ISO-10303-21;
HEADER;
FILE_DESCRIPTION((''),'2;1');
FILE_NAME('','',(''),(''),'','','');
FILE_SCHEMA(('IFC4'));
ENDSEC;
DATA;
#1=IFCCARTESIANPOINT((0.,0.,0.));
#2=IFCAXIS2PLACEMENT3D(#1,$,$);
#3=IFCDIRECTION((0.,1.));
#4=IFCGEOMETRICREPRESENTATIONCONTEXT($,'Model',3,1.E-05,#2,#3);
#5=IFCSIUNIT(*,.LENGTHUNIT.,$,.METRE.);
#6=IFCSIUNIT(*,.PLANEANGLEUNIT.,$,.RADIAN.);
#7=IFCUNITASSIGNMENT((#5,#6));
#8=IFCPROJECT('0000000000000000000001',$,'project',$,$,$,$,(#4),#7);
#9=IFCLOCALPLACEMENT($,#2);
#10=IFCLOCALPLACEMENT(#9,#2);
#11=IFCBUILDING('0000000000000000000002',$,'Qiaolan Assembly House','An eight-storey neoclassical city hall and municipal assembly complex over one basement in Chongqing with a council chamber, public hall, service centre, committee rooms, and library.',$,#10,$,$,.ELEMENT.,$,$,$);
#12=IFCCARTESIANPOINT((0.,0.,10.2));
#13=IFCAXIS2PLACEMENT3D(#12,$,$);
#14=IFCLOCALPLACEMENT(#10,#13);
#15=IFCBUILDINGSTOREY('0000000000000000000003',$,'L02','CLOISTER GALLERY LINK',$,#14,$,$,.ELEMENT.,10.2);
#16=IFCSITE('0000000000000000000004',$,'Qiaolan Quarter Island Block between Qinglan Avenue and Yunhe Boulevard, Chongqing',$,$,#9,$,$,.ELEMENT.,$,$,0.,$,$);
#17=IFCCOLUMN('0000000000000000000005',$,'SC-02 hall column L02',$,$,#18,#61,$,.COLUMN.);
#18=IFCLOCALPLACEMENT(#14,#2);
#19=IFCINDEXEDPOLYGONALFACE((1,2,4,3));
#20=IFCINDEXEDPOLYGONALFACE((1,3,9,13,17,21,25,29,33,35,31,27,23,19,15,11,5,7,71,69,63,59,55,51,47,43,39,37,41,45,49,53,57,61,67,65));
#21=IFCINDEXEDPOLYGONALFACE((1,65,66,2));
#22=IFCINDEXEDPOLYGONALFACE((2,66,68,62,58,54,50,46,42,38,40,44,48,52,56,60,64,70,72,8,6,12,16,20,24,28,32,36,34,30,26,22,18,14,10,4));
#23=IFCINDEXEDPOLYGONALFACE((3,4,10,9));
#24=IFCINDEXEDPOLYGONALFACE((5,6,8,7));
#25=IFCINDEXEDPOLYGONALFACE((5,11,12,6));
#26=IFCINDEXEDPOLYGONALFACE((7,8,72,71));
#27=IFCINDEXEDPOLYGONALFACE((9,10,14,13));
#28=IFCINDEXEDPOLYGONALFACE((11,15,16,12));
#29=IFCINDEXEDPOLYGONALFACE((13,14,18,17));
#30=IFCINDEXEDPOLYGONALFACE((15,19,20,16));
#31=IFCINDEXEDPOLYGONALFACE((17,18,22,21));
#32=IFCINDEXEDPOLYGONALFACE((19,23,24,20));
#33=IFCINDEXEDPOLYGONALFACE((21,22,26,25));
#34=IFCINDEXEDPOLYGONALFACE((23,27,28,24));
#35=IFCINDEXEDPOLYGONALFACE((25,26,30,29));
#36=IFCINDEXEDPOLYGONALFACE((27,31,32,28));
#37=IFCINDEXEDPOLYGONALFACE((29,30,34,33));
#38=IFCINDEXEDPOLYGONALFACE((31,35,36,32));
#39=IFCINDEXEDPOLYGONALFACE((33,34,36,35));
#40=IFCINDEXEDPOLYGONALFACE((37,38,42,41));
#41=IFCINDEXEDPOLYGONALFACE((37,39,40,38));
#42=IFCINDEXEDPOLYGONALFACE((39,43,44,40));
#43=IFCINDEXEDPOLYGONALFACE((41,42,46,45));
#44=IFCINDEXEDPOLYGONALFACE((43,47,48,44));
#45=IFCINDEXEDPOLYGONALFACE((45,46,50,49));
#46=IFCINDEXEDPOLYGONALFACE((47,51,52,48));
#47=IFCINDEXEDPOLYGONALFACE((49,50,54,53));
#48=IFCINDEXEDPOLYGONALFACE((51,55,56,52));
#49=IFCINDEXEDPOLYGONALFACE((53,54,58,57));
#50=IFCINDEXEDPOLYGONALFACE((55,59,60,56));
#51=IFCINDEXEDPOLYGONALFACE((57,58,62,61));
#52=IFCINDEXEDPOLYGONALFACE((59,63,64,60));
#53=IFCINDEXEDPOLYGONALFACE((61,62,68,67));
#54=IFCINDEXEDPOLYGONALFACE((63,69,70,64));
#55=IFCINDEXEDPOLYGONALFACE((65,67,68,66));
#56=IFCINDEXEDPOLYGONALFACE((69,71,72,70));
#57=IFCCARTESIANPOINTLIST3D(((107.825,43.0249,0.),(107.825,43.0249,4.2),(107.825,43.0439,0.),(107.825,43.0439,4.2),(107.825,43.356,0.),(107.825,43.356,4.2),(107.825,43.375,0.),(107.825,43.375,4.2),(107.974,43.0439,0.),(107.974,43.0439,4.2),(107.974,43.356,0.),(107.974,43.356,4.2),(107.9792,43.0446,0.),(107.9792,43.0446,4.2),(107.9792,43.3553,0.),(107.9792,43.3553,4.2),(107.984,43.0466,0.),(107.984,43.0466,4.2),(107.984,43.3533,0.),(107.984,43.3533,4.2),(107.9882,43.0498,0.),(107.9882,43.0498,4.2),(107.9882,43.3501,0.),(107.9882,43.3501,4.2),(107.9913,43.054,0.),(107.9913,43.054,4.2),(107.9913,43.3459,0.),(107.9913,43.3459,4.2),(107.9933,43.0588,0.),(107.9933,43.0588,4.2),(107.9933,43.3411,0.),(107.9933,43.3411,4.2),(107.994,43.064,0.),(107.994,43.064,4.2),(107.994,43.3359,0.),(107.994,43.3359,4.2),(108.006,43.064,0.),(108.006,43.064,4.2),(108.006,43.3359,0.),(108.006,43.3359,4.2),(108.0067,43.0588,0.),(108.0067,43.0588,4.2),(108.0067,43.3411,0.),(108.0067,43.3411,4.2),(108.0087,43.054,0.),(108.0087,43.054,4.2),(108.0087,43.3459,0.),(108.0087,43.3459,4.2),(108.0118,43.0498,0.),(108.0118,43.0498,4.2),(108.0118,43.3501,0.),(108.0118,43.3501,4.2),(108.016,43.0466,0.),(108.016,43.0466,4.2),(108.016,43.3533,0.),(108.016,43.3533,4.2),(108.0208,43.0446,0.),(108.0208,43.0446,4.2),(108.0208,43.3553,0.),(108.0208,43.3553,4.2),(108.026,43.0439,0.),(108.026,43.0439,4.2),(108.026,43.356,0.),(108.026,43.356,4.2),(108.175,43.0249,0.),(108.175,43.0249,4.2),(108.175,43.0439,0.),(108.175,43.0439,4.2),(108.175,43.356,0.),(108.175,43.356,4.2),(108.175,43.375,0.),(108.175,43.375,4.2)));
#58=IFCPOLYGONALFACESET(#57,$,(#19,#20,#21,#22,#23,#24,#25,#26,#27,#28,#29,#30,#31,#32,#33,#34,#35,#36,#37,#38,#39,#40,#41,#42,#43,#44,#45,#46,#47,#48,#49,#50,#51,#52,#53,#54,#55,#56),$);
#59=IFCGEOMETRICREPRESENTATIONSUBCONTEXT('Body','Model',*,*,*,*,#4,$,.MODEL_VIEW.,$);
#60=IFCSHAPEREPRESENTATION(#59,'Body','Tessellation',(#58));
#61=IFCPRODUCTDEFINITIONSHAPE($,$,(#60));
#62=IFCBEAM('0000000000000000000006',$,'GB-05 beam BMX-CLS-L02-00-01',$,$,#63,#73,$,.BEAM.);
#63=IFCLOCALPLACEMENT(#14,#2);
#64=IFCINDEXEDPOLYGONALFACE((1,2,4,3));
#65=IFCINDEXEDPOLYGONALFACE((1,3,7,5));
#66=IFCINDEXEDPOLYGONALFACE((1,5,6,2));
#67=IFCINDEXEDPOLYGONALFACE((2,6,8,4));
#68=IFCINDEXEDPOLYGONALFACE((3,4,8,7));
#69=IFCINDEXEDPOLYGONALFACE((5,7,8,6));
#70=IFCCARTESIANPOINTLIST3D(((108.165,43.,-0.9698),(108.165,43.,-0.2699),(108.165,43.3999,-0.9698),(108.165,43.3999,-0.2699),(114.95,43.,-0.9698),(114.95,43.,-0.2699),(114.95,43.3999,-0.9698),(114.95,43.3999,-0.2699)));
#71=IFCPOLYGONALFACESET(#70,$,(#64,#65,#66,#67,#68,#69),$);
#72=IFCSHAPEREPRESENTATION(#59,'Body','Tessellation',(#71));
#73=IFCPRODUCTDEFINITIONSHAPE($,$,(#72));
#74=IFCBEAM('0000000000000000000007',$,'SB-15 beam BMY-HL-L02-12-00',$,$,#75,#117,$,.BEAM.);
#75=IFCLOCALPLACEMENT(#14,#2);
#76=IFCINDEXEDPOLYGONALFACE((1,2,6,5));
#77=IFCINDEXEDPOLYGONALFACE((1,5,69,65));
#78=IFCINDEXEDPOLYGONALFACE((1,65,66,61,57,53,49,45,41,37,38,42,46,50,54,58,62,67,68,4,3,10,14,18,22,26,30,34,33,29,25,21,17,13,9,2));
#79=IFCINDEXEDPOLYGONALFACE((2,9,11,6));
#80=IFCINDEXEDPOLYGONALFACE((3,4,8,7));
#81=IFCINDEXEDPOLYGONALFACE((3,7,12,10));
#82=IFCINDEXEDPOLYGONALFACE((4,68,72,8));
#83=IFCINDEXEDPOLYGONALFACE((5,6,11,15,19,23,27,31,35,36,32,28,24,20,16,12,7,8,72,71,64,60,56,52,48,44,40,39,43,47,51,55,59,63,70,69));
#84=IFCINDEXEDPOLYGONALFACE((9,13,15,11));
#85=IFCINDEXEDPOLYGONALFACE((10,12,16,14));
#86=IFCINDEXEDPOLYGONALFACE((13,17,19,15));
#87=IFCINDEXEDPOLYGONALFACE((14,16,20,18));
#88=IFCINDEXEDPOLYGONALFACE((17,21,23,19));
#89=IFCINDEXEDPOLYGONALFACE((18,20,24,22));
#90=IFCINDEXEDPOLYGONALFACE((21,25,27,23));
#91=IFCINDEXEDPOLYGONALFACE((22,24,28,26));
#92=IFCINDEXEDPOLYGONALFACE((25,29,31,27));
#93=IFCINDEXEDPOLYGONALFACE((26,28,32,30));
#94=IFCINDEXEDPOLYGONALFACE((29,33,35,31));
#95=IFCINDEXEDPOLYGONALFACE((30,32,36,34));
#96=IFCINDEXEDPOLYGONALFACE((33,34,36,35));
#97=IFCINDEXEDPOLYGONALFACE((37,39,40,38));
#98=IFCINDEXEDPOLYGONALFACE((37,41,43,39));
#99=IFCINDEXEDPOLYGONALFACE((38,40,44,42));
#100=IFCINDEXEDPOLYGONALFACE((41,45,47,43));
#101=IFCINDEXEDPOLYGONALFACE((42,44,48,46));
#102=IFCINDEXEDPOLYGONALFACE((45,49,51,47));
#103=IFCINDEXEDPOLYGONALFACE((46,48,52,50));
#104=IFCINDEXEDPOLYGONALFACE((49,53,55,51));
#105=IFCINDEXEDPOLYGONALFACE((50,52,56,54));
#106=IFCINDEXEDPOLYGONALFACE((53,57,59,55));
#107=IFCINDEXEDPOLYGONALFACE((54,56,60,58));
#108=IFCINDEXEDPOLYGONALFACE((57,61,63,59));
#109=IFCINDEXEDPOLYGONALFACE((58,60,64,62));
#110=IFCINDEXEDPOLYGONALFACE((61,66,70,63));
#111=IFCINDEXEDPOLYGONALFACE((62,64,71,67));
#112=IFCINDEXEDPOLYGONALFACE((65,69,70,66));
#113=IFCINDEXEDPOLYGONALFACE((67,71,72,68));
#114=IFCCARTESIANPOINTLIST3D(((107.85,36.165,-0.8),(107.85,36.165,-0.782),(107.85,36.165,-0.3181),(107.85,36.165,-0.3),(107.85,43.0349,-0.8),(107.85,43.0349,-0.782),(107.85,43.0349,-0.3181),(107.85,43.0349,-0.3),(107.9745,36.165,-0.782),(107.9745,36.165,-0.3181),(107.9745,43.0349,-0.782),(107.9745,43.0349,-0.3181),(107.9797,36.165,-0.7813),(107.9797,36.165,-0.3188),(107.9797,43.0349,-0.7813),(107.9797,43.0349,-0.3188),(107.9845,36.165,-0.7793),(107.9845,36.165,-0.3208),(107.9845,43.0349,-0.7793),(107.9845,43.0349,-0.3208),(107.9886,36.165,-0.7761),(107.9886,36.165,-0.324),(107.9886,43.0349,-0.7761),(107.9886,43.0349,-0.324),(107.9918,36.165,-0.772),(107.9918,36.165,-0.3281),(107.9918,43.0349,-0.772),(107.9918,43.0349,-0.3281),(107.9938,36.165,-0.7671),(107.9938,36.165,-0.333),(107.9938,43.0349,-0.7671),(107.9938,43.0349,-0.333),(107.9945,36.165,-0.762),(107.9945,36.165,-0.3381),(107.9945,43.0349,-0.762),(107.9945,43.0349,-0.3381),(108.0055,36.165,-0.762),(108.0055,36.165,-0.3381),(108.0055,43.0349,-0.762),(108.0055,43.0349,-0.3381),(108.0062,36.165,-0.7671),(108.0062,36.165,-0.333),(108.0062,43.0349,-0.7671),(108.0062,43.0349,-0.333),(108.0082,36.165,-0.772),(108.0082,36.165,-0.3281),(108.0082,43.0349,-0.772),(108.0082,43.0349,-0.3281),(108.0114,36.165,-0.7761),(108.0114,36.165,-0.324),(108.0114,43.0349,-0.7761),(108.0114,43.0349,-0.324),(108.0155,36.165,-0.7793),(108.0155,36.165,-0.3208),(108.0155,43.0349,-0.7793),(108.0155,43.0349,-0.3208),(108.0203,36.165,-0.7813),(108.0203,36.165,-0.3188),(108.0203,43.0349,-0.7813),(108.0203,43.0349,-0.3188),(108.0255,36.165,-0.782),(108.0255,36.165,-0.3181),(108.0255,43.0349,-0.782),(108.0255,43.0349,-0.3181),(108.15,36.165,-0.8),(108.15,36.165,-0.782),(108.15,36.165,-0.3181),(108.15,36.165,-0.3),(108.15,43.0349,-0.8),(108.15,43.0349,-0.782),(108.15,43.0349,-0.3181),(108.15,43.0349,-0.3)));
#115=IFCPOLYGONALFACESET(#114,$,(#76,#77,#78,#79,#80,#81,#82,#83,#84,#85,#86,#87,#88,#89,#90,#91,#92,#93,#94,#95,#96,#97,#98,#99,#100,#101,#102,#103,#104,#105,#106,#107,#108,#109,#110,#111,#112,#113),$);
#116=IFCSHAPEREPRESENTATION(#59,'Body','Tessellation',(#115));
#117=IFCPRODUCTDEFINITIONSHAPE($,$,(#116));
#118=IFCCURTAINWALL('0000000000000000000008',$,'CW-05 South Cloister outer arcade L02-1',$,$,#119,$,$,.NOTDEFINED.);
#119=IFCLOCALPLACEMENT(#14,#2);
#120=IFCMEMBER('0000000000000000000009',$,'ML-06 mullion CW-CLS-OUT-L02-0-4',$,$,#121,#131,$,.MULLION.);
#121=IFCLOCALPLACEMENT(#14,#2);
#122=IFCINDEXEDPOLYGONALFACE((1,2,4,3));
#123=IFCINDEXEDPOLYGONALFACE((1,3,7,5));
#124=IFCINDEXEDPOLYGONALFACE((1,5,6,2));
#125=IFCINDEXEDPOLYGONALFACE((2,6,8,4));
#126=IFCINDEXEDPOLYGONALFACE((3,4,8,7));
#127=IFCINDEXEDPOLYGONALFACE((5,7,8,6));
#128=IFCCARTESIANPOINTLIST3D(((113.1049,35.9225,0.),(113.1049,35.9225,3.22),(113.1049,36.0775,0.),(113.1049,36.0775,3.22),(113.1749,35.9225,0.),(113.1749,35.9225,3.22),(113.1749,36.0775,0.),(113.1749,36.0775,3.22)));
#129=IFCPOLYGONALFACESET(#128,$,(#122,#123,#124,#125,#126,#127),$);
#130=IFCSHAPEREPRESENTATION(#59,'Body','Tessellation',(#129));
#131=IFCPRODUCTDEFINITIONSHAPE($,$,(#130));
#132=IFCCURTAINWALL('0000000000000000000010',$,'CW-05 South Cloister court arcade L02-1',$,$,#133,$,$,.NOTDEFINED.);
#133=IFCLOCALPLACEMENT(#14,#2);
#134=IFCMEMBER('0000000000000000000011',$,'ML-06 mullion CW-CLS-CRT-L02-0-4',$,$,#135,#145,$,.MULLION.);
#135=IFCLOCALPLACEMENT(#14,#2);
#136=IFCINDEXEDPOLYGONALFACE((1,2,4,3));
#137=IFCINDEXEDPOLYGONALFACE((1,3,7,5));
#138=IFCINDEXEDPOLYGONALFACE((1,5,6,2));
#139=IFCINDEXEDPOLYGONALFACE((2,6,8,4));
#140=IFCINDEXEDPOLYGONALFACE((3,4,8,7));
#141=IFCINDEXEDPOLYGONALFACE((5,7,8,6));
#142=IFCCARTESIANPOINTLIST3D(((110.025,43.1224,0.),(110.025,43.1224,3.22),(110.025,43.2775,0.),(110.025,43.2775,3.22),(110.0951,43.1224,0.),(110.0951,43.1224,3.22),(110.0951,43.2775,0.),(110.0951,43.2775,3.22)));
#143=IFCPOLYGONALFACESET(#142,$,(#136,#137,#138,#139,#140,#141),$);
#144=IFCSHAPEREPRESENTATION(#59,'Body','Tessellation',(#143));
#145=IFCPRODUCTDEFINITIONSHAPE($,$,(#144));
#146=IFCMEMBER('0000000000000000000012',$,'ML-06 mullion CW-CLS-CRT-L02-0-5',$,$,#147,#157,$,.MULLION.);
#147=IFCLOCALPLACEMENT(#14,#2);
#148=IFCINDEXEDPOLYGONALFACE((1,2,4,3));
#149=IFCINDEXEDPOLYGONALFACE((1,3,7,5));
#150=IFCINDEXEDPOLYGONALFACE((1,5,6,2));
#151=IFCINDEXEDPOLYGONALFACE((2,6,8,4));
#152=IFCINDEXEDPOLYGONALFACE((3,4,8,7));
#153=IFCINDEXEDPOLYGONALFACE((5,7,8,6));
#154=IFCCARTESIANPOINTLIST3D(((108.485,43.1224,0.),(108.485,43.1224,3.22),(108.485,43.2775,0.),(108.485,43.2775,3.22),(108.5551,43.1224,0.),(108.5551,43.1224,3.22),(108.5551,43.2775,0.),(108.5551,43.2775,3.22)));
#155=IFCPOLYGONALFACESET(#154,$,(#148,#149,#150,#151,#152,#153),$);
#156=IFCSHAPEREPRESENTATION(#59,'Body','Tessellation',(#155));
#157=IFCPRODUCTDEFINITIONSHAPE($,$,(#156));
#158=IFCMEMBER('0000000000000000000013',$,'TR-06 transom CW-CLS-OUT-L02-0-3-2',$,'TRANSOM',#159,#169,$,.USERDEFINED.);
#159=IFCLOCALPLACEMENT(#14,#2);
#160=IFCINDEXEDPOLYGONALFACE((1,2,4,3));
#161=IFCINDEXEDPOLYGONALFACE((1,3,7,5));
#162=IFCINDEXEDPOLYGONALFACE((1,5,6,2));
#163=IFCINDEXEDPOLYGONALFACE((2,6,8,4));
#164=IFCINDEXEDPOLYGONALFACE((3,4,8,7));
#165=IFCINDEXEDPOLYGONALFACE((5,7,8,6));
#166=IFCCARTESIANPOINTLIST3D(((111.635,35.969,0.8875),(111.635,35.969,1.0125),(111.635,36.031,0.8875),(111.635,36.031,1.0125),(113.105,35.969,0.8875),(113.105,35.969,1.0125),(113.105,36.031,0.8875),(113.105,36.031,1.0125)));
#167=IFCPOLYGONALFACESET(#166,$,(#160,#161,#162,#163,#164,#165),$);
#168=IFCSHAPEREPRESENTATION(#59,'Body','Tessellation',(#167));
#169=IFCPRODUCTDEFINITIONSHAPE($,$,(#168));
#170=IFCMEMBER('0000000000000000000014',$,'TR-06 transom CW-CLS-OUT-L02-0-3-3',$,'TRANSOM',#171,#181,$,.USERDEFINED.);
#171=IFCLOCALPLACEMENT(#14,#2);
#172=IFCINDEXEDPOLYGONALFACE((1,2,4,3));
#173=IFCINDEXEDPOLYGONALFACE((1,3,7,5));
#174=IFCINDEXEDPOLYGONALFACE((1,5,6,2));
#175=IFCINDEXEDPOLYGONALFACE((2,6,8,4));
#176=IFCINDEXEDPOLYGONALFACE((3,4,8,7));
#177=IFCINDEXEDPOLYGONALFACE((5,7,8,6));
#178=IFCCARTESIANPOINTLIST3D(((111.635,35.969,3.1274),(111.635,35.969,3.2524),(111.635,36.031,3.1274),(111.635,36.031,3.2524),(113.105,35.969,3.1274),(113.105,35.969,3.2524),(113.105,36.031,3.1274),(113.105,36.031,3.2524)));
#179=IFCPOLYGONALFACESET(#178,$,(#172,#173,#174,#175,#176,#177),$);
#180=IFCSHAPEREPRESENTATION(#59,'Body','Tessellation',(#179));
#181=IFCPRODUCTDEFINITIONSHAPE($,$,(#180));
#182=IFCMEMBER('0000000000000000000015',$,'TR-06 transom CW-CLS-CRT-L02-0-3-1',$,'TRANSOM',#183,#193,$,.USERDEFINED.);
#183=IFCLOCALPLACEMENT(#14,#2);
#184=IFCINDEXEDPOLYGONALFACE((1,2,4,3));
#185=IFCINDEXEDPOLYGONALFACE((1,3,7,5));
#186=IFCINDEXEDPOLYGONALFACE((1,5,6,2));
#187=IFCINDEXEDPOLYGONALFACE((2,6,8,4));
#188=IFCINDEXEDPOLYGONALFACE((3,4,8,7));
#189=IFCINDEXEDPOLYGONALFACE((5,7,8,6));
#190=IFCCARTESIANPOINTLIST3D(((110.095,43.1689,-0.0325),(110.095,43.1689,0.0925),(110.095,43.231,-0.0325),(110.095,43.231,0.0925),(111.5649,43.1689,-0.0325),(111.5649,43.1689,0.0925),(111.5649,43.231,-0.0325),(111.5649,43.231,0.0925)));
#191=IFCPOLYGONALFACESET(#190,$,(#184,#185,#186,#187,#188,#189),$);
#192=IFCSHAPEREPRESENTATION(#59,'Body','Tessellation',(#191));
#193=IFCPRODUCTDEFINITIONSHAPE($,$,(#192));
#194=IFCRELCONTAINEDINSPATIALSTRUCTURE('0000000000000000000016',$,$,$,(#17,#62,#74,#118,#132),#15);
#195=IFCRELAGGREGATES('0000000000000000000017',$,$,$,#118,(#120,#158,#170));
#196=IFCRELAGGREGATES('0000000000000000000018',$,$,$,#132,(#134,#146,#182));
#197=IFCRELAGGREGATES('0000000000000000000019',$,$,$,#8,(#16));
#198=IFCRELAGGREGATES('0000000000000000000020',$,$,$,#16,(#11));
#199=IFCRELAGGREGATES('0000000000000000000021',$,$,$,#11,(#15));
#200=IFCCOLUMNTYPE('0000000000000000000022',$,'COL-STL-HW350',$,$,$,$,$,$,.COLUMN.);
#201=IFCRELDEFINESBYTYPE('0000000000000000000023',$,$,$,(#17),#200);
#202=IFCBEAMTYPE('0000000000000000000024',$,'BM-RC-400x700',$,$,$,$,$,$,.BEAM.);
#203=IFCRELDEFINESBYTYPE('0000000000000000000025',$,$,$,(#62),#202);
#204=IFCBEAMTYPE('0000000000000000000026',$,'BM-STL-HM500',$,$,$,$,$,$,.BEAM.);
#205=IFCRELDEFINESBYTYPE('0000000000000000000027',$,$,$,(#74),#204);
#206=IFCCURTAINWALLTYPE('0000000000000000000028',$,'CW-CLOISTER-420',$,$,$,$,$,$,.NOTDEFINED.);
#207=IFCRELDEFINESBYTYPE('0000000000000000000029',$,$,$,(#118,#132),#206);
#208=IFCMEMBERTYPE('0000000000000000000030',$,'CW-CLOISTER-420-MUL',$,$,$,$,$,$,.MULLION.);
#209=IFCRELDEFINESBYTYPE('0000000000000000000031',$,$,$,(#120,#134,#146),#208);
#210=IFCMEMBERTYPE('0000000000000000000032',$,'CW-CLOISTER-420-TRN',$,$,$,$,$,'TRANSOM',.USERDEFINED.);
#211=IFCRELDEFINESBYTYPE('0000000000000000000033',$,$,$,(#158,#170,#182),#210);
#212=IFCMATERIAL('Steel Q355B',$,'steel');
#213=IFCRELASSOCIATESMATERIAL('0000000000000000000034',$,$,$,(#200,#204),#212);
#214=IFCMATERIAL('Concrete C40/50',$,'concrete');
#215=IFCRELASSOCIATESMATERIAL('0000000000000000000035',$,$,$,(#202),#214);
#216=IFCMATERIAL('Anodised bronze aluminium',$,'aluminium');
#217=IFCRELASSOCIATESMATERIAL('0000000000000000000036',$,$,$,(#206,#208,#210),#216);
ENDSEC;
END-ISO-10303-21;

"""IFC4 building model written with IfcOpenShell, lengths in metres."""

from ifc_helpers import new_model, si_unit, direction, frame, origin, origin_2d, place, context, subcontext, project, spatial, rectangle, i_section, extrude, material, material_profile, profile_set, type_object, element, aggregate, save


model = new_model("IFC4")

# Units and contexts
model_context = context("Model", 3, precision=1e-05, world=origin(), true_north=direction((0.0, 1.0)))
body_context = subcontext(model_context, "Body", "Model", "MODEL_VIEW")
ifc_project = project(units=[si_unit("LENGTHUNIT", "METRE"), si_unit("PLANEANGLEUNIT", "RADIAN")], contexts=[model_context])

# Site, building, storey
site_placement = place(None, origin())
site = spatial("IfcSite", under=ifc_project, at=site_placement, Name="Qiaolan Quarter Island Block between Qinglan Avenue and Yunhe Boulevard, Chongqing", CompositionType="ELEMENT", RefElevation=0.0)
building_placement = place(site_placement, origin())
building = spatial("IfcBuilding", under=site, at=building_placement, Name="Qiaolan Assembly House", Description="An eight-storey neoclassical city hall and municipal assembly complex over one basement in Chongqing with a council chamber, public hall, service centre, committee rooms, and library.", CompositionType="ELEMENT")
storey_placement = place(building_placement, frame((0.0, 0.0, 10.2)))
storey = spatial("IfcBuildingStorey", under=building, at=storey_placement, Name="L02", Description="CLOISTER GALLERY LINK", CompositionType="ELEMENT", Elevation=10.2)

# Column
ifc_material_1 = material(Name="Steel Q355B", Category="steel")
ifc_material_profile_1 = material_profile(ifc_material_1, i_section(OverallWidth=0.3501, OverallDepth=0.3501, WebThickness=0.012, FlangeThickness=0.019, FilletRadius=0.02, at=origin_2d()), Name="HW 350x350x12x19")
ifc_profile_set_1 = profile_set([ifc_material_profile_1], Name="Steel Q355B")
column_type = type_object("IfcColumnType", Name="COL-STL-HW350", PredefinedType="COLUMN", material=ifc_profile_set_1)
column_placement = place(storey_placement, frame((108.0, 43.2, 0.0), z_axis=(0.0, 0.0, 1.0), x_axis=(1.0, 0.0, 0.0)))
element("IfcColumn", 1, at=column_placement, inside=storey, type_object=column_type, Name="SC-02 hall column L02", PredefinedType="COLUMN", context=body_context, shape_type="SweptSolid", body=[
    extrude(i_section(OverallWidth=0.3501, OverallDepth=0.3501, WebThickness=0.012, FlangeThickness=0.019, FilletRadius=0.02, at=origin_2d()), origin(), (0.0, 0.0, 1.0), 4.2),
])

# Beams
ifc_material_2 = material(Name="Concrete C40/50", Category="concrete")
ifc_material_profile_2 = material_profile(ifc_material_2, rectangle(XDim=0.3999, YDim=0.7, at=origin_2d()), Name="RCB 400x700")
ifc_profile_set_2 = profile_set([ifc_material_profile_2], Name="Concrete C40/50")
beam_type_1 = type_object("IfcBeamType", Name="BM-RC-400x700", PredefinedType="BEAM", material=ifc_profile_set_2)
beam_1_placement = place(storey_placement, frame((108.165, 43.2, -0.6199), z_axis=(1.0, 0.0, 0.0), x_axis=(0.0, 1.0, 0.0)))
element("IfcBeam", 2, at=beam_1_placement, inside=storey, type_object=beam_type_1, Name="GB-05 beam BMX-CLS-L02-00-01", PredefinedType="BEAM", context=body_context, shape_type="SweptSolid", body=[
    extrude(rectangle(XDim=0.3999, YDim=0.7, at=origin_2d()), origin(), (0.0, 0.0, 1.0), 6.7849),
])
ifc_material_profile_3 = material_profile(ifc_material_1, i_section(OverallWidth=0.3, OverallDepth=0.5, WebThickness=0.011, FlangeThickness=0.0181, FilletRadius=0.02, at=origin_2d()), Name="HM 500x300x11x18")
ifc_profile_set_3 = profile_set([ifc_material_profile_3], Name="Steel Q355B")
beam_type_2 = type_object("IfcBeamType", Name="BM-STL-HM500", PredefinedType="BEAM", material=ifc_profile_set_3)
beam_2_placement = place(storey_placement, frame((108.0, 36.165, -0.55), z_axis=(0.0, 1.0, 0.0), x_axis=(-1.0, 0.0, 0.0)))
element("IfcBeam", 3, at=beam_2_placement, inside=storey, type_object=beam_type_2, Name="SB-15 beam BMY-HL-L02-12-00", PredefinedType="BEAM", context=body_context, shape_type="SweptSolid", body=[
    extrude(i_section(OverallWidth=0.3, OverallDepth=0.5, WebThickness=0.011, FlangeThickness=0.0181, FilletRadius=0.02, at=origin_2d()), origin(), (0.0, 0.0, 1.0), 6.8699),
])

# Curtain wall, member
ifc_material_3 = material(Name="Anodised bronze aluminium", Category="aluminium")
curtain_wall_type = type_object("IfcCurtainWallType", Name="CW-CLOISTER-420", PredefinedType="NOTDEFINED", material=ifc_material_3)
curtain_wall_1_placement = place(storey_placement, origin())
curtain_wall_1 = element("IfcCurtainWall", 4, at=curtain_wall_1_placement, inside=storey, type_object=curtain_wall_type, Name="CW-05 South Cloister outer arcade L02-1", PredefinedType="NOTDEFINED")
ifc_material_profile_4 = material_profile(ifc_material_3, rectangle(XDim=0.0701, YDim=0.155, at=origin_2d()), Name="MUL 70x155")
ifc_profile_set_4 = profile_set([ifc_material_profile_4], Name="Anodised bronze aluminium")
member_type_1 = type_object("IfcMemberType", Name="CW-CLOISTER-420-MUL", PredefinedType="MULLION", material=ifc_profile_set_4)
member_1_placement = place(storey_placement, frame((113.1399, 36.0, 0.0), z_axis=(0.0, 0.0, 1.0), x_axis=(1.0, 0.0, 0.0)))
member_1 = element("IfcMember", 5, at=member_1_placement, type_object=member_type_1, Name="ML-06 mullion CW-CLS-OUT-L02-0-4", PredefinedType="MULLION", context=body_context, shape_type="SweptSolid", body=[
    extrude(rectangle(XDim=0.0701, YDim=0.155, at=origin_2d()), origin(), (0.0, 0.0, 1.0), 3.22),
])

# Curtain wall, members
curtain_wall_2_placement = place(storey_placement, origin())
curtain_wall_2 = element("IfcCurtainWall", 6, at=curtain_wall_2_placement, inside=storey, type_object=curtain_wall_type, Name="CW-05 South Cloister court arcade L02-1", PredefinedType="NOTDEFINED")
member_2_placement = place(storey_placement, frame((110.0601, 43.2, 0.0), z_axis=(0.0, 0.0, 1.0), x_axis=(-1.0, 0.0, 0.0)))
member_2 = element("IfcMember", 7, at=member_2_placement, type_object=member_type_1, Name="ML-06 mullion CW-CLS-CRT-L02-0-4", PredefinedType="MULLION", context=body_context, shape_type="SweptSolid", body=[
    extrude(rectangle(XDim=0.0701, YDim=0.155, at=origin_2d()), origin(), (0.0, 0.0, 1.0), 3.22),
])
member_3_placement = place(storey_placement, frame((108.52, 43.2, 0.0), z_axis=(0.0, 0.0, 1.0), x_axis=(-1.0, 0.0, 0.0)))
member_3 = element("IfcMember", 8, at=member_3_placement, type_object=member_type_1, Name="ML-06 mullion CW-CLS-CRT-L02-0-5", PredefinedType="MULLION", context=body_context, shape_type="SweptSolid", body=[
    extrude(rectangle(XDim=0.0701, YDim=0.155, at=origin_2d()), origin(), (0.0, 0.0, 1.0), 3.22),
])

# Members
ifc_material_profile_5 = material_profile(ifc_material_3, rectangle(XDim=0.062, YDim=0.125, at=origin_2d()), Name="TRN 62x125")
ifc_profile_set_5 = profile_set([ifc_material_profile_5], Name="Anodised bronze aluminium")
member_type_2 = type_object("IfcMemberType", Name="CW-CLOISTER-420-TRN", ElementType="TRANSOM", PredefinedType="USERDEFINED", material=ifc_profile_set_5)
member_4_placement = place(storey_placement, frame((111.635, 36.0, 0.95), z_axis=(1.0, 0.0, 0.0), x_axis=(0.0, 1.0, 0.0)))
member_4 = element("IfcMember", 9, at=member_4_placement, type_object=member_type_2, Name="TR-06 transom CW-CLS-OUT-L02-0-3-2", ObjectType="TRANSOM", PredefinedType="USERDEFINED", context=body_context, shape_type="SweptSolid", body=[
    extrude(rectangle(XDim=0.062, YDim=0.125, at=origin_2d()), origin(), (0.0, 0.0, 1.0), 1.47),
])
member_5_placement = place(storey_placement, frame((111.635, 36.0, 3.1899), z_axis=(1.0, 0.0, 0.0), x_axis=(0.0, 1.0, 0.0)))
member_5 = element("IfcMember", 10, at=member_5_placement, type_object=member_type_2, Name="TR-06 transom CW-CLS-OUT-L02-0-3-3", ObjectType="TRANSOM", PredefinedType="USERDEFINED", context=body_context, shape_type="SweptSolid", body=[
    extrude(rectangle(XDim=0.062, YDim=0.125, at=origin_2d()), origin(), (0.0, 0.0, 1.0), 1.47),
])
member_6_placement = place(storey_placement, frame((111.5649, 43.2, 0.03), z_axis=(-1.0, 0.0, 0.0), x_axis=(0.0, -1.0, 0.0)))
member_6 = element("IfcMember", 11, at=member_6_placement, type_object=member_type_2, Name="TR-06 transom CW-CLS-CRT-L02-0-3-1", ObjectType="TRANSOM", PredefinedType="USERDEFINED", context=body_context, shape_type="SweptSolid", body=[
    extrude(rectangle(XDim=0.062, YDim=0.125, at=origin_2d()), origin(), (0.0, 0.0, 1.0), 1.47),
])

aggregate(curtain_wall_1, [member_1, member_4, member_5])
aggregate(curtain_wall_2, [member_2, member_3, member_6])

save(model, "model.ifc")
